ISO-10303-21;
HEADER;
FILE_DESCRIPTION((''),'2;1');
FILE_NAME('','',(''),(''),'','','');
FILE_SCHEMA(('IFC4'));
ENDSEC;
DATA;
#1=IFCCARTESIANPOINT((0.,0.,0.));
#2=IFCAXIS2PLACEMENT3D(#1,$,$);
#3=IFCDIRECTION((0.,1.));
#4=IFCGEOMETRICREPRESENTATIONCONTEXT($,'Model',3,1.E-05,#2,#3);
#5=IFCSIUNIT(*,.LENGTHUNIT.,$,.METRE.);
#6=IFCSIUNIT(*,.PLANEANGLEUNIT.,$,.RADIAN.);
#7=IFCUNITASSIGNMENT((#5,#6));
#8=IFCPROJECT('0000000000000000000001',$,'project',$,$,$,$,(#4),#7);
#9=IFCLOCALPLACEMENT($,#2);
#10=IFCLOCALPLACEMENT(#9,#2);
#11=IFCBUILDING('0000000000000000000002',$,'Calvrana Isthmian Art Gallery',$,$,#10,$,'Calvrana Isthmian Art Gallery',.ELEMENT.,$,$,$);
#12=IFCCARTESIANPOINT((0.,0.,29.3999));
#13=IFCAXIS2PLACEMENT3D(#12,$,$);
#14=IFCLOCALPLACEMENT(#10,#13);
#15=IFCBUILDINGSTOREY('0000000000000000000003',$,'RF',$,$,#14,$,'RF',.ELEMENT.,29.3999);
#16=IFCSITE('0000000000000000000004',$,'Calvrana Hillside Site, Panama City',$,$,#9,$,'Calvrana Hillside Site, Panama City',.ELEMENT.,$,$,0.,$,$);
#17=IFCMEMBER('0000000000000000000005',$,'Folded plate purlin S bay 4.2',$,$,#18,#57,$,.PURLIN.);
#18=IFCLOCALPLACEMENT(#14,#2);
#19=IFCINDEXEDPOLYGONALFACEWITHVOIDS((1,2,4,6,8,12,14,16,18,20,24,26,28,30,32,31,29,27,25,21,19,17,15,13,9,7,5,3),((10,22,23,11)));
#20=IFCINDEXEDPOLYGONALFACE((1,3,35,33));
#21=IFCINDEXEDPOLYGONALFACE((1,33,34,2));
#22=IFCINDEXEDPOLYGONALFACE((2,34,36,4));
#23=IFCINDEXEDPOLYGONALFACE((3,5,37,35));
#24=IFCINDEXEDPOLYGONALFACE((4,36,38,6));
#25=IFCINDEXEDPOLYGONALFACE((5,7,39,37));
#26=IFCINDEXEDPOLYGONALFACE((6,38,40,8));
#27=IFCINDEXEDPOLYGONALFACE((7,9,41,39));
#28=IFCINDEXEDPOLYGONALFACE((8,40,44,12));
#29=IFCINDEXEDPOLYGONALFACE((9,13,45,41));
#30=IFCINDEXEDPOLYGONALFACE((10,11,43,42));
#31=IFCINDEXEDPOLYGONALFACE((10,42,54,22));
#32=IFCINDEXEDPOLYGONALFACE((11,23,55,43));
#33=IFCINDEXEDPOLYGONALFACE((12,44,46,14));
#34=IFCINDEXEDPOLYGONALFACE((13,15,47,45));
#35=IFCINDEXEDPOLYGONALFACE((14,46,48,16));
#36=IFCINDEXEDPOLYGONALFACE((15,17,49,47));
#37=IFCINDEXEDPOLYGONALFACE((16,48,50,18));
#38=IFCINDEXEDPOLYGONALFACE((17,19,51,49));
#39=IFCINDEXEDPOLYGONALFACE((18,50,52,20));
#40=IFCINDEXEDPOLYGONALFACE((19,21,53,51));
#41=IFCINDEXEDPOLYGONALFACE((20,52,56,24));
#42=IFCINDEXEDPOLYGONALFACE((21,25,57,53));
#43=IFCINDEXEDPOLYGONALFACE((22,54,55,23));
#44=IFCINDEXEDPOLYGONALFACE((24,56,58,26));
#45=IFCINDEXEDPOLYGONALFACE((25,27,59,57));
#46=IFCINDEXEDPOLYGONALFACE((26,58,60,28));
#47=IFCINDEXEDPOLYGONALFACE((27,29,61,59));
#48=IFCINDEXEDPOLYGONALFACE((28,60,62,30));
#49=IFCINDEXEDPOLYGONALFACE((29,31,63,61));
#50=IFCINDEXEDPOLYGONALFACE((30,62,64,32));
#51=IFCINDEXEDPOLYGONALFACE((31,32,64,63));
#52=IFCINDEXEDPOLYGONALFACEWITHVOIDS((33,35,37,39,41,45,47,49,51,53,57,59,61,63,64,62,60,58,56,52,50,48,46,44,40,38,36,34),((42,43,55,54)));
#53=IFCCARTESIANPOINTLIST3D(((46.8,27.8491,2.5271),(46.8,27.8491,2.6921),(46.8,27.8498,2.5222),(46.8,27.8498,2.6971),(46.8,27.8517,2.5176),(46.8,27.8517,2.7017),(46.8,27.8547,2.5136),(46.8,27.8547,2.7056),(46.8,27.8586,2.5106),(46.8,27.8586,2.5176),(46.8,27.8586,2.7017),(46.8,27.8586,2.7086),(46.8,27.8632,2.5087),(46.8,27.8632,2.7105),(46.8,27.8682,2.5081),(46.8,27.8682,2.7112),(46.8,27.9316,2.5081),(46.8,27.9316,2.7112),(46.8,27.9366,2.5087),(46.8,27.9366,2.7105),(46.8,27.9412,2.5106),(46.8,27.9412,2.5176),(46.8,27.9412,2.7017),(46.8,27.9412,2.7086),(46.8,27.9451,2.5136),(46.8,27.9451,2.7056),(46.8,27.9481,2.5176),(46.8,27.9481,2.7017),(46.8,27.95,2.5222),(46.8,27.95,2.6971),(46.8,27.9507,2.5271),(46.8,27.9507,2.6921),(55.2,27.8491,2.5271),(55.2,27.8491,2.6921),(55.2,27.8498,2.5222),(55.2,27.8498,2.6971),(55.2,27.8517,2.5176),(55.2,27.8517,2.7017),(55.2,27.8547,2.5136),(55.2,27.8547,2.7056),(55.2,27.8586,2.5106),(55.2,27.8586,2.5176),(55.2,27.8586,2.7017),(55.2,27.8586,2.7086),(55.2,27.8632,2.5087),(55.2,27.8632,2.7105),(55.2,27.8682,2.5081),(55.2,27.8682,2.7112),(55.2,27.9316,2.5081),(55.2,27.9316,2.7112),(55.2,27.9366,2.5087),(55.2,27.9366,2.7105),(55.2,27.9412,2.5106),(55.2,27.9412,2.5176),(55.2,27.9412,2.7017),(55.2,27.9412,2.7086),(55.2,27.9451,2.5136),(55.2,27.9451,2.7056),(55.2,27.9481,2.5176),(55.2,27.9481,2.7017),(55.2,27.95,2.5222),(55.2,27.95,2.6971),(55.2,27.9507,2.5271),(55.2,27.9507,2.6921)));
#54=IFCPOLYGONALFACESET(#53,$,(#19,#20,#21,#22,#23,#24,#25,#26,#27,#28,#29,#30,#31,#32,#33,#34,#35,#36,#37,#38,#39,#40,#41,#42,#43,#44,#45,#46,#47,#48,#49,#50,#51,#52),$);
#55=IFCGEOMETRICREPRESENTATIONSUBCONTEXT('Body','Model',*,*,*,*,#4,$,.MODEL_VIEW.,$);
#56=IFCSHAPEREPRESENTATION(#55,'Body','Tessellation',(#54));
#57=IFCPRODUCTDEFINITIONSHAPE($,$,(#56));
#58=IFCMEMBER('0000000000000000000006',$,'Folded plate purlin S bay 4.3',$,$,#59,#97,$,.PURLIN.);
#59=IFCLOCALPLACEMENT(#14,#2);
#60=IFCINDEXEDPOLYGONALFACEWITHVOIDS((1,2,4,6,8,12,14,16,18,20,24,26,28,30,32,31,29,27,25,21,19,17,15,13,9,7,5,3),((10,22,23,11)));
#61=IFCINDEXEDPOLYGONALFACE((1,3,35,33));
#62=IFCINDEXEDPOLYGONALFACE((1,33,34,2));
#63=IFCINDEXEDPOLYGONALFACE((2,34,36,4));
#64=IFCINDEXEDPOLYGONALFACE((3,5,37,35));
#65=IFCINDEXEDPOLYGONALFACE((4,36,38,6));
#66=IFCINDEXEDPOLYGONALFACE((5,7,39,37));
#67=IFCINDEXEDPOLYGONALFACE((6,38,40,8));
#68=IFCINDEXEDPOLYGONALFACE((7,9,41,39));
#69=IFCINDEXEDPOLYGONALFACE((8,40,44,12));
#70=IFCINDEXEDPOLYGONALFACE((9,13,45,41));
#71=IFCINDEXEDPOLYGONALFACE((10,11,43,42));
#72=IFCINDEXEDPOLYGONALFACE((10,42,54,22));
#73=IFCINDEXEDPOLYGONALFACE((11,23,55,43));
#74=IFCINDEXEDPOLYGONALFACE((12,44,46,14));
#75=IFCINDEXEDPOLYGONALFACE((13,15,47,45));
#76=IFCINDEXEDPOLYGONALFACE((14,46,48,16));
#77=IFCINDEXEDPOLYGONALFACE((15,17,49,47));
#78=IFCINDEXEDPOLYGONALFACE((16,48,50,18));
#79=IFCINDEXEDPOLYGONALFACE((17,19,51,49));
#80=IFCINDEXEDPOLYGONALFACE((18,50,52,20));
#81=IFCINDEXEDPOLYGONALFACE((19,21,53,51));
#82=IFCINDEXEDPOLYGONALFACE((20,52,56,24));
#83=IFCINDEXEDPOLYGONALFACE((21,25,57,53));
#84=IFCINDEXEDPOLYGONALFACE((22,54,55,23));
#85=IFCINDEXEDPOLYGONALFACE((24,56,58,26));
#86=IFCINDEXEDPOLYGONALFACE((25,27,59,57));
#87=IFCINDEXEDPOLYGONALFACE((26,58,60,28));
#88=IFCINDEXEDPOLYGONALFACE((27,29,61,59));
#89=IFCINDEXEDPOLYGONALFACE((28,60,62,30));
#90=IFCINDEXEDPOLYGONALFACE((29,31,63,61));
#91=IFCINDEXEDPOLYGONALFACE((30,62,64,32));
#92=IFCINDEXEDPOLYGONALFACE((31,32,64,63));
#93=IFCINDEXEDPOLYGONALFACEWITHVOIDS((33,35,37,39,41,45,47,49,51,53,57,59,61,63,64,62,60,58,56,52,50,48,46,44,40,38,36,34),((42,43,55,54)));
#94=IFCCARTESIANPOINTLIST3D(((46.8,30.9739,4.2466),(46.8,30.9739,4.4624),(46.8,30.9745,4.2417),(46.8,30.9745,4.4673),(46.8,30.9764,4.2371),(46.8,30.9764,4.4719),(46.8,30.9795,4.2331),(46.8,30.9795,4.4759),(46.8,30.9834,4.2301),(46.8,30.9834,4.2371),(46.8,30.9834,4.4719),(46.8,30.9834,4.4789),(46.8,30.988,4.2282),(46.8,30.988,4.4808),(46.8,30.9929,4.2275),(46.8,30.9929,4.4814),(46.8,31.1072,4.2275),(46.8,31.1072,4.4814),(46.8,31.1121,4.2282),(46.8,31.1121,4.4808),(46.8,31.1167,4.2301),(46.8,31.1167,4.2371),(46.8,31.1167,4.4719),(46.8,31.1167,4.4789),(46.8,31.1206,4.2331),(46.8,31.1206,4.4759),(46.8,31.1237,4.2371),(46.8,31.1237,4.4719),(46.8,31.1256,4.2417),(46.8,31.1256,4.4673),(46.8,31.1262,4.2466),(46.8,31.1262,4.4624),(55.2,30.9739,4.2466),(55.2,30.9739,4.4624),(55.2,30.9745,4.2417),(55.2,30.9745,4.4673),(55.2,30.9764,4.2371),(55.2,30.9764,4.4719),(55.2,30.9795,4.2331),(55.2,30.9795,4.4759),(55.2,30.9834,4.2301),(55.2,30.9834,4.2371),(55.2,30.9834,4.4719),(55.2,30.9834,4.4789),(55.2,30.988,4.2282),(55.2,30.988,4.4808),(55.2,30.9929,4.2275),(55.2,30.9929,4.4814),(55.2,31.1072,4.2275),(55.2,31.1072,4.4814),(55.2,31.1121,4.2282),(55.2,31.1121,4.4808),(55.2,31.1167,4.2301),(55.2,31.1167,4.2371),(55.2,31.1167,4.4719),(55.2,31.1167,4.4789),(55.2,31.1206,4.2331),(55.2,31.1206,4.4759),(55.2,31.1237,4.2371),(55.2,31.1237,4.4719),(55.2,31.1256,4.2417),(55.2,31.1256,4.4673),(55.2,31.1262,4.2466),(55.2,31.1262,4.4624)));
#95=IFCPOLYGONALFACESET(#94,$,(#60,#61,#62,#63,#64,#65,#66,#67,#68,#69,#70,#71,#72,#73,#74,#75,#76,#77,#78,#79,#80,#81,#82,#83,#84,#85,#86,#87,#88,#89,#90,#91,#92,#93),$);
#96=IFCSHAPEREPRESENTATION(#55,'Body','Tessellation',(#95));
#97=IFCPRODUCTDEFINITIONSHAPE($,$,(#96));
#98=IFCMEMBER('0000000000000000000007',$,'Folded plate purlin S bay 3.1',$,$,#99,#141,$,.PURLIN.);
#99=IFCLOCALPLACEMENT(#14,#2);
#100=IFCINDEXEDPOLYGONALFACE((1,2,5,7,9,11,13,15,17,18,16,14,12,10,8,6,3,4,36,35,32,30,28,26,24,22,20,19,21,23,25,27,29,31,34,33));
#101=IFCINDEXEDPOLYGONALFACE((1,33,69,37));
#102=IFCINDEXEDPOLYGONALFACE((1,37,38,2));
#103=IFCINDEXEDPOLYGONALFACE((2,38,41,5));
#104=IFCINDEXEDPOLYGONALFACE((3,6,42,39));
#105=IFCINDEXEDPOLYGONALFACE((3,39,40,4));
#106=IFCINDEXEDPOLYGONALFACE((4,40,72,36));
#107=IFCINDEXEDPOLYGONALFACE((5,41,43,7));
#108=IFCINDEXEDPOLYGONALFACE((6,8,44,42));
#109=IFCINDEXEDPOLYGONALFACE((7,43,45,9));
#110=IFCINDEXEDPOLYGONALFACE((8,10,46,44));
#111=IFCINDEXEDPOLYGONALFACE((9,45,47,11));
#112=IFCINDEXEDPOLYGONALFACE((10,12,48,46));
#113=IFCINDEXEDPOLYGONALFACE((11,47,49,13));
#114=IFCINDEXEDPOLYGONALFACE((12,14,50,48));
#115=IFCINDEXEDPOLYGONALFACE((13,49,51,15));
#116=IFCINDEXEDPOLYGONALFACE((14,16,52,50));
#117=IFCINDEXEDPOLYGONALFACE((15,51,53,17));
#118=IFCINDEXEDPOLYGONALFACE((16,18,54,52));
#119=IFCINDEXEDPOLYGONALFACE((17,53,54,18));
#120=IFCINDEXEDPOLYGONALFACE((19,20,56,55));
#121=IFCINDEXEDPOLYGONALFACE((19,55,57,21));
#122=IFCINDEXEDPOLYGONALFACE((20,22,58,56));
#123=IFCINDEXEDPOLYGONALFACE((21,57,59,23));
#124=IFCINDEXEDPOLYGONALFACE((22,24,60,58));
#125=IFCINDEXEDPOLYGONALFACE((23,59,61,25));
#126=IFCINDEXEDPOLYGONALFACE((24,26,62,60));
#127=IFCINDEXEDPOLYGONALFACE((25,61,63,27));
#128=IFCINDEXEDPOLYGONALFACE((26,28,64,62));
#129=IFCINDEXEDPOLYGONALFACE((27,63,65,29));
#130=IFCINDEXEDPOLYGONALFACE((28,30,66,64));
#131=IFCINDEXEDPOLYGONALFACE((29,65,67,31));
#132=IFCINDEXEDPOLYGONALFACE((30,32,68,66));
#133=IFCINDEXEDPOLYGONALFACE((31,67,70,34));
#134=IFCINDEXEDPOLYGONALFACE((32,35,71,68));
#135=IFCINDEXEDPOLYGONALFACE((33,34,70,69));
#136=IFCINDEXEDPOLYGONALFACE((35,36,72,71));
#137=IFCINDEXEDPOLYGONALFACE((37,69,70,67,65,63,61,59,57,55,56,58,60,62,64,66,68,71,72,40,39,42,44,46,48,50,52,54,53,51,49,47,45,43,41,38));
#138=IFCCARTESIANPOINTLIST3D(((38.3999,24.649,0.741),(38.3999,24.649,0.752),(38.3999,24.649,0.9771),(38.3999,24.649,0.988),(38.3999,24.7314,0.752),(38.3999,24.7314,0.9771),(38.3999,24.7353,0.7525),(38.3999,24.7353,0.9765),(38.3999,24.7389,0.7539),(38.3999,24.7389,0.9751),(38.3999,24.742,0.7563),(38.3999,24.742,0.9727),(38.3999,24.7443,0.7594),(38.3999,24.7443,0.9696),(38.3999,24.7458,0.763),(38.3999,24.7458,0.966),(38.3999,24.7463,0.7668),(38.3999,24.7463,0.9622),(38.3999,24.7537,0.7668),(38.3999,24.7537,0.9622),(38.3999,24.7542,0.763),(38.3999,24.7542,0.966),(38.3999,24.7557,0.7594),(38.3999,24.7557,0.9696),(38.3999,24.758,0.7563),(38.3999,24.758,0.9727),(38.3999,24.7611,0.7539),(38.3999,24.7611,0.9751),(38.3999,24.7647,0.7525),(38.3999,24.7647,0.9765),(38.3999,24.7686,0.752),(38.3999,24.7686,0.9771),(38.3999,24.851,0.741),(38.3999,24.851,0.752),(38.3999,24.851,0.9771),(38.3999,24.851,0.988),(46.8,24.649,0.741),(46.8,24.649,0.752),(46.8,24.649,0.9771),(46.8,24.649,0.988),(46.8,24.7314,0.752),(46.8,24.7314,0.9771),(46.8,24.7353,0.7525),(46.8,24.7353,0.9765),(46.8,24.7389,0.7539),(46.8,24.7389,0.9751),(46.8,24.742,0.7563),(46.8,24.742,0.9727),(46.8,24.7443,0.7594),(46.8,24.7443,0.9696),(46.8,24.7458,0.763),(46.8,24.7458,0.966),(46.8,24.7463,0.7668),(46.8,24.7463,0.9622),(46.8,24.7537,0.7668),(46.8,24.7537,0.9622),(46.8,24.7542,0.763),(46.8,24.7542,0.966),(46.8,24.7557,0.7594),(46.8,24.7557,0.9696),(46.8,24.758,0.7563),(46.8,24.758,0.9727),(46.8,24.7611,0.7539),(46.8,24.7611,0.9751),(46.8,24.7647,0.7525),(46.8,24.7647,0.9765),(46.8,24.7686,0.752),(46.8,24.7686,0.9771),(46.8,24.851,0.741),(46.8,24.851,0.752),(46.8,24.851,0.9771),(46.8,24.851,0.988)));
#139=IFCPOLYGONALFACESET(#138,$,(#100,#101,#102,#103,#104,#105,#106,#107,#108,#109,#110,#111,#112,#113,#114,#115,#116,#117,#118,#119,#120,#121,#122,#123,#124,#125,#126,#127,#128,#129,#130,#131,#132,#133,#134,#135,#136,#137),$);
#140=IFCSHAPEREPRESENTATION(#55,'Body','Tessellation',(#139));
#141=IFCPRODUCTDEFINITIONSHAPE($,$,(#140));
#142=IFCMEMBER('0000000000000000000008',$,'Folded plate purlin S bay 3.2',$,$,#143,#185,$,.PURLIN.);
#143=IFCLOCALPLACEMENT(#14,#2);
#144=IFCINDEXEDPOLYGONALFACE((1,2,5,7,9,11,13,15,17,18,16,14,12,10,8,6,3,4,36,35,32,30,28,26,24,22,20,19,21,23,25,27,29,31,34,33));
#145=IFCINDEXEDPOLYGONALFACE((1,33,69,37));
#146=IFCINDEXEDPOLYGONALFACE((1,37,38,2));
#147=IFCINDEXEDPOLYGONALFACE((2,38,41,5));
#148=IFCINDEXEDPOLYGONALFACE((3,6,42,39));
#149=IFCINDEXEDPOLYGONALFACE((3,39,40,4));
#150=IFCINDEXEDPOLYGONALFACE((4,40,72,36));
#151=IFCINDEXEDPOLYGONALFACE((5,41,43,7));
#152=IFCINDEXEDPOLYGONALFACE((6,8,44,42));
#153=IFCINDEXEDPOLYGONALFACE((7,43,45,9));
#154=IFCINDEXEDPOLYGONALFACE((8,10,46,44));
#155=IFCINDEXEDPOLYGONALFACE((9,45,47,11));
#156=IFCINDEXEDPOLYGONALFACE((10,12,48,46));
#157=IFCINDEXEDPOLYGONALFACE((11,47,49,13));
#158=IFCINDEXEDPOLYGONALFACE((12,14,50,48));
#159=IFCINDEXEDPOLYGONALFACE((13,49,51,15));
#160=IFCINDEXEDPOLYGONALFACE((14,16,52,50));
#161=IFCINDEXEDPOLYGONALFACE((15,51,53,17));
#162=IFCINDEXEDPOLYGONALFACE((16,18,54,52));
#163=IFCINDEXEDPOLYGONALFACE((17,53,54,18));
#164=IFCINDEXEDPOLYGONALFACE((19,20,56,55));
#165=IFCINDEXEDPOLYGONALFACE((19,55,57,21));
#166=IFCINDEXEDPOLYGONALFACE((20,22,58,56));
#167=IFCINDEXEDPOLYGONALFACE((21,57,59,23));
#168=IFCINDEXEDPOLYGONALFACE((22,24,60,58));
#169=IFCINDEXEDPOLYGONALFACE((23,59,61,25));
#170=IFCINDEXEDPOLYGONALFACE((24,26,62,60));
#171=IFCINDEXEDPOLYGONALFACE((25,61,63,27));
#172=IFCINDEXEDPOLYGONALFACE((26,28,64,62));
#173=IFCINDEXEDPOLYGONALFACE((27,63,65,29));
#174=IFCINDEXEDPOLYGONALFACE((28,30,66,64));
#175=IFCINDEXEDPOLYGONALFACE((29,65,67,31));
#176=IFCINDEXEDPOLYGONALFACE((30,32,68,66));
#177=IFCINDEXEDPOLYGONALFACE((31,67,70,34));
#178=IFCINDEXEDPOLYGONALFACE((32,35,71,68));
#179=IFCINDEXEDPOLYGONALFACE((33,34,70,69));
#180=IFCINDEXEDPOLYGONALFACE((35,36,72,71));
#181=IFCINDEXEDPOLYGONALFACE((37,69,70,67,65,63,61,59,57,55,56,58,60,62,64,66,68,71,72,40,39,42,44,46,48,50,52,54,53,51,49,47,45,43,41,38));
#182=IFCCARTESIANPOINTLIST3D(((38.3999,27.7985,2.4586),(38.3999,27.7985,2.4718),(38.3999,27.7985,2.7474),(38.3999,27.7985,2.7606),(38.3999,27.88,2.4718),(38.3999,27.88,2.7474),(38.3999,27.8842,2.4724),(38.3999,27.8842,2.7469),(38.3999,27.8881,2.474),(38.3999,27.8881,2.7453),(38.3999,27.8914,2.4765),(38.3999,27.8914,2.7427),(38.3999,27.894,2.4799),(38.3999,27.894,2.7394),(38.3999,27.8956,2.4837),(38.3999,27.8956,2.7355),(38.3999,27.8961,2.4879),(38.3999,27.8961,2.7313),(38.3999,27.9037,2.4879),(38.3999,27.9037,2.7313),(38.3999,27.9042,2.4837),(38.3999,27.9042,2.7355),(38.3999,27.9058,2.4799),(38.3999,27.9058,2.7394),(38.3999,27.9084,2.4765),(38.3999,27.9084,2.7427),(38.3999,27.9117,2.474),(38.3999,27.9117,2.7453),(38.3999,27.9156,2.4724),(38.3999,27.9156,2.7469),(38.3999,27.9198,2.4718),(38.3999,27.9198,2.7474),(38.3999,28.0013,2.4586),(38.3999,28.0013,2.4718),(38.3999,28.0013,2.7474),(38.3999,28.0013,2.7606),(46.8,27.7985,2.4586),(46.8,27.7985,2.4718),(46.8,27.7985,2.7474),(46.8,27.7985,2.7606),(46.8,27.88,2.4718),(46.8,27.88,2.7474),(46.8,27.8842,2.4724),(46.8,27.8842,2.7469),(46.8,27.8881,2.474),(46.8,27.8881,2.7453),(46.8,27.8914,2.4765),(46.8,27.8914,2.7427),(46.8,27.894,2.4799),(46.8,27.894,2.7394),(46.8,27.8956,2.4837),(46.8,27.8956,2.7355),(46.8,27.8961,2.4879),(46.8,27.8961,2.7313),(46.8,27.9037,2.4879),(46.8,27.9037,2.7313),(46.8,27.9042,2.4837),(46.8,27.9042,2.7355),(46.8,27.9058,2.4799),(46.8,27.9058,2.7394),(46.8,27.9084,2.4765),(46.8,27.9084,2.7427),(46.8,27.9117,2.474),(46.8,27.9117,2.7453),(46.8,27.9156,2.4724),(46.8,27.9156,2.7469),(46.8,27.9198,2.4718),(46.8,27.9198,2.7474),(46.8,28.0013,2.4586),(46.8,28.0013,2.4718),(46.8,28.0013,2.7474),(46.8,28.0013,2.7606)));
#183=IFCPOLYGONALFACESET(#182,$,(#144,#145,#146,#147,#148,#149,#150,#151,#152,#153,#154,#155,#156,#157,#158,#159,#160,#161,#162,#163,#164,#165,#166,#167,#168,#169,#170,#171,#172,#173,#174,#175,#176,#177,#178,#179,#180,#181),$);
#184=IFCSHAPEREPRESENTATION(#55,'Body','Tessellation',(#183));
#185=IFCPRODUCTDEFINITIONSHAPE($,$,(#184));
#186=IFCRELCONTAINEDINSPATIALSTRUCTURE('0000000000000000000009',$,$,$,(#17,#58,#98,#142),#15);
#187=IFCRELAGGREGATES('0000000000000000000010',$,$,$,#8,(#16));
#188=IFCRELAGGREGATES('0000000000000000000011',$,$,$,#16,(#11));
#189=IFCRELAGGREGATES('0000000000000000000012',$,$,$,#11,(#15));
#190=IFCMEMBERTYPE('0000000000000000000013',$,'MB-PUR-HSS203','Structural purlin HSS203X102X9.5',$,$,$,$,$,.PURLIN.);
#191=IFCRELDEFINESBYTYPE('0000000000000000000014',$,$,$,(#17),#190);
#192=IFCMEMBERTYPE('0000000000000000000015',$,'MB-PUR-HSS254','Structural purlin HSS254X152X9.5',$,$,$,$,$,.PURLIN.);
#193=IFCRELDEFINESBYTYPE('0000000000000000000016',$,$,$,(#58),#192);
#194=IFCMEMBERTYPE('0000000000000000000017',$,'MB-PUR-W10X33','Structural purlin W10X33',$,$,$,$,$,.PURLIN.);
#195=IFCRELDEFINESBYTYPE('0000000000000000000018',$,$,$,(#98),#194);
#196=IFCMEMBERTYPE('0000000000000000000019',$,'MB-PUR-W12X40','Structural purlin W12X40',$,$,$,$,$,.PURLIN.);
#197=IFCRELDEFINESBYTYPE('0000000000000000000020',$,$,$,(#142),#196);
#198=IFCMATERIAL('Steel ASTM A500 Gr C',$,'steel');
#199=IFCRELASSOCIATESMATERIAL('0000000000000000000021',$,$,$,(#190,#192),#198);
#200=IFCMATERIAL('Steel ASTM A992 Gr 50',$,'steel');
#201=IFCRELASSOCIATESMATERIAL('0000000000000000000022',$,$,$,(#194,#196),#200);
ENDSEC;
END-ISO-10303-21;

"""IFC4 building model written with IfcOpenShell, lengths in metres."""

from ifc_helpers import new_model, si_unit, direction, frame, origin, origin_2d, place, context, subcontext, project, spatial, hollow_rectangle, i_section, extrude, material, material_profile, profile_set, type_object, element, save


model = new_model("IFC4")

# Units and contexts
model_context = context("Model", 3, precision=1e-05, world=origin(), true_north=direction((0.0, 1.0)))
body_context = subcontext(model_context, "Body", "Model", "MODEL_VIEW")
ifc_project = project(units=[si_unit("LENGTHUNIT", "METRE"), si_unit("PLANEANGLEUNIT", "RADIAN")], contexts=[model_context])

# Site, building, storey
site_placement = place(None, origin())
site = spatial("IfcSite", under=ifc_project, at=site_placement, Name="Calvrana Hillside Site, Panama City", LongName="Calvrana Hillside Site, Panama City", CompositionType="ELEMENT", RefElevation=0.0)
building_placement = place(site_placement, origin())
building = spatial("IfcBuilding", under=site, at=building_placement, Name="Calvrana Isthmian Art Gallery", LongName="Calvrana Isthmian Art Gallery", CompositionType="ELEMENT")
storey_placement = place(building_placement, frame((0.0, 0.0, 29.3999)))
storey = spatial("IfcBuildingStorey", under=building, at=storey_placement, Name="RF", LongName="RF", CompositionType="ELEMENT", Elevation=29.3999)

# Shared definitions
ifc_material_1 = material(Name="Steel ASTM A992 Gr 50", Category="steel")

# Members
ifc_material_2 = material(Name="Steel ASTM A500 Gr C", Category="steel")
ifc_material_profile_1 = material_profile(ifc_material_2, hollow_rectangle(XDim=0.1016, YDim=0.2031, WallThickness=0.0095, OuterFilletRadius=0.019, at=origin_2d()), Name="HSS203X102X9.5")
ifc_profile_set_1 = profile_set([ifc_material_profile_1], Name="Steel ASTM A500 Gr C")
member_type_1 = type_object("IfcMemberType", Name="MB-PUR-HSS203", Description="Structural purlin HSS203X102X9.5", PredefinedType="PURLIN", material=ifc_profile_set_1)
member_1_placement = place(storey_placement, frame((46.8, 27.8999, 2.6096), z_axis=(1.0, 0.0, 0.0), x_axis=(0.0, 1.0, 0.0)))
element("IfcMember", 1, at=member_1_placement, inside=storey, type_object=member_type_1, Name="Folded plate purlin S bay 4.2", PredefinedType="PURLIN", context=body_context, shape_type="SweptSolid", body=[
    extrude(hollow_rectangle(XDim=0.1016, YDim=0.2031, WallThickness=0.0095, OuterFilletRadius=0.019, at=origin_2d()), origin(), (0.0, 0.0, 1.0), 8.3999),
])
ifc_material_profile_2 = material_profile(ifc_material_2, hollow_rectangle(XDim=0.1523, YDim=0.2539, WallThickness=0.0095, OuterFilletRadius=0.019, at=origin_2d()), Name="HSS254X152X9.5")
ifc_profile_set_2 = profile_set([ifc_material_profile_2], Name="Steel ASTM A500 Gr C")
member_type_2 = type_object("IfcMemberType", Name="MB-PUR-HSS254", Description="Structural purlin HSS254X152X9.5", PredefinedType="PURLIN", material=ifc_profile_set_2)
member_2_placement = place(storey_placement, frame((46.8, 31.05, 4.3545), z_axis=(1.0, 0.0, 0.0), x_axis=(0.0, 1.0, 0.0)))
element("IfcMember", 2, at=member_2_placement, inside=storey, type_object=member_type_2, Name="Folded plate purlin S bay 4.3", PredefinedType="PURLIN", context=body_context, shape_type="SweptSolid", body=[
    extrude(hollow_rectangle(XDim=0.1523, YDim=0.2539, WallThickness=0.0095, OuterFilletRadius=0.019, at=origin_2d()), origin(), (0.0, 0.0, 1.0), 8.3999),
])
ifc_material_profile_3 = material_profile(ifc_material_1, i_section(OverallWidth=0.2019, OverallDepth=0.2471, WebThickness=0.0073, FlangeThickness=0.011, FilletRadius=0.0149, at=origin_2d()), Name="W10X33")
ifc_profile_set_3 = profile_set([ifc_material_profile_3], Name="Steel ASTM A992 Gr 50")
member_type_3 = type_object("IfcMemberType", Name="MB-PUR-W10X33", Description="Structural purlin W10X33", PredefinedType="PURLIN", material=ifc_profile_set_3)
member_3_placement = place(storey_placement, frame((38.3999, 24.75, 0.8645), z_axis=(1.0, 0.0, 0.0), x_axis=(0.0, 1.0, 0.0)))
element("IfcMember", 3, at=member_3_placement, inside=storey, type_object=member_type_3, Name="Folded plate purlin S bay 3.1", PredefinedType="PURLIN", context=body_context, shape_type="SweptSolid", body=[
    extrude(i_section(OverallWidth=0.2019, OverallDepth=0.2471, WebThickness=0.0073, FlangeThickness=0.011, FilletRadius=0.0149, at=origin_2d()), origin(), (0.0, 0.0, 1.0), 8.4001),
])
ifc_material_profile_4 = material_profile(ifc_material_1, i_section(OverallWidth=0.2029, OverallDepth=0.302, WebThickness=0.0076, FlangeThickness=0.0132, FilletRadius=0.0161, at=origin_2d()), Name="W12X40")
ifc_profile_set_4 = profile_set([ifc_material_profile_4], Name="Steel ASTM A992 Gr 50")
member_type_4 = type_object("IfcMemberType", Name="MB-PUR-W12X40", Description="Structural purlin W12X40", PredefinedType="PURLIN", material=ifc_profile_set_4)
member_4_placement = place(storey_placement, frame((38.3999, 27.8999, 2.6096), z_axis=(1.0, 0.0, 0.0), x_axis=(0.0, 1.0, 0.0)))
element("IfcMember", 4, at=member_4_placement, inside=storey, type_object=member_type_4, Name="Folded plate purlin S bay 3.2", PredefinedType="PURLIN", context=body_context, shape_type="SweptSolid", body=[
    extrude(i_section(OverallWidth=0.2029, OverallDepth=0.302, WebThickness=0.0076, FlangeThickness=0.0132, FilletRadius=0.0161, at=origin_2d()), origin(), (0.0, 0.0, 1.0), 8.4001),
])

save(model, "model.ifc")
